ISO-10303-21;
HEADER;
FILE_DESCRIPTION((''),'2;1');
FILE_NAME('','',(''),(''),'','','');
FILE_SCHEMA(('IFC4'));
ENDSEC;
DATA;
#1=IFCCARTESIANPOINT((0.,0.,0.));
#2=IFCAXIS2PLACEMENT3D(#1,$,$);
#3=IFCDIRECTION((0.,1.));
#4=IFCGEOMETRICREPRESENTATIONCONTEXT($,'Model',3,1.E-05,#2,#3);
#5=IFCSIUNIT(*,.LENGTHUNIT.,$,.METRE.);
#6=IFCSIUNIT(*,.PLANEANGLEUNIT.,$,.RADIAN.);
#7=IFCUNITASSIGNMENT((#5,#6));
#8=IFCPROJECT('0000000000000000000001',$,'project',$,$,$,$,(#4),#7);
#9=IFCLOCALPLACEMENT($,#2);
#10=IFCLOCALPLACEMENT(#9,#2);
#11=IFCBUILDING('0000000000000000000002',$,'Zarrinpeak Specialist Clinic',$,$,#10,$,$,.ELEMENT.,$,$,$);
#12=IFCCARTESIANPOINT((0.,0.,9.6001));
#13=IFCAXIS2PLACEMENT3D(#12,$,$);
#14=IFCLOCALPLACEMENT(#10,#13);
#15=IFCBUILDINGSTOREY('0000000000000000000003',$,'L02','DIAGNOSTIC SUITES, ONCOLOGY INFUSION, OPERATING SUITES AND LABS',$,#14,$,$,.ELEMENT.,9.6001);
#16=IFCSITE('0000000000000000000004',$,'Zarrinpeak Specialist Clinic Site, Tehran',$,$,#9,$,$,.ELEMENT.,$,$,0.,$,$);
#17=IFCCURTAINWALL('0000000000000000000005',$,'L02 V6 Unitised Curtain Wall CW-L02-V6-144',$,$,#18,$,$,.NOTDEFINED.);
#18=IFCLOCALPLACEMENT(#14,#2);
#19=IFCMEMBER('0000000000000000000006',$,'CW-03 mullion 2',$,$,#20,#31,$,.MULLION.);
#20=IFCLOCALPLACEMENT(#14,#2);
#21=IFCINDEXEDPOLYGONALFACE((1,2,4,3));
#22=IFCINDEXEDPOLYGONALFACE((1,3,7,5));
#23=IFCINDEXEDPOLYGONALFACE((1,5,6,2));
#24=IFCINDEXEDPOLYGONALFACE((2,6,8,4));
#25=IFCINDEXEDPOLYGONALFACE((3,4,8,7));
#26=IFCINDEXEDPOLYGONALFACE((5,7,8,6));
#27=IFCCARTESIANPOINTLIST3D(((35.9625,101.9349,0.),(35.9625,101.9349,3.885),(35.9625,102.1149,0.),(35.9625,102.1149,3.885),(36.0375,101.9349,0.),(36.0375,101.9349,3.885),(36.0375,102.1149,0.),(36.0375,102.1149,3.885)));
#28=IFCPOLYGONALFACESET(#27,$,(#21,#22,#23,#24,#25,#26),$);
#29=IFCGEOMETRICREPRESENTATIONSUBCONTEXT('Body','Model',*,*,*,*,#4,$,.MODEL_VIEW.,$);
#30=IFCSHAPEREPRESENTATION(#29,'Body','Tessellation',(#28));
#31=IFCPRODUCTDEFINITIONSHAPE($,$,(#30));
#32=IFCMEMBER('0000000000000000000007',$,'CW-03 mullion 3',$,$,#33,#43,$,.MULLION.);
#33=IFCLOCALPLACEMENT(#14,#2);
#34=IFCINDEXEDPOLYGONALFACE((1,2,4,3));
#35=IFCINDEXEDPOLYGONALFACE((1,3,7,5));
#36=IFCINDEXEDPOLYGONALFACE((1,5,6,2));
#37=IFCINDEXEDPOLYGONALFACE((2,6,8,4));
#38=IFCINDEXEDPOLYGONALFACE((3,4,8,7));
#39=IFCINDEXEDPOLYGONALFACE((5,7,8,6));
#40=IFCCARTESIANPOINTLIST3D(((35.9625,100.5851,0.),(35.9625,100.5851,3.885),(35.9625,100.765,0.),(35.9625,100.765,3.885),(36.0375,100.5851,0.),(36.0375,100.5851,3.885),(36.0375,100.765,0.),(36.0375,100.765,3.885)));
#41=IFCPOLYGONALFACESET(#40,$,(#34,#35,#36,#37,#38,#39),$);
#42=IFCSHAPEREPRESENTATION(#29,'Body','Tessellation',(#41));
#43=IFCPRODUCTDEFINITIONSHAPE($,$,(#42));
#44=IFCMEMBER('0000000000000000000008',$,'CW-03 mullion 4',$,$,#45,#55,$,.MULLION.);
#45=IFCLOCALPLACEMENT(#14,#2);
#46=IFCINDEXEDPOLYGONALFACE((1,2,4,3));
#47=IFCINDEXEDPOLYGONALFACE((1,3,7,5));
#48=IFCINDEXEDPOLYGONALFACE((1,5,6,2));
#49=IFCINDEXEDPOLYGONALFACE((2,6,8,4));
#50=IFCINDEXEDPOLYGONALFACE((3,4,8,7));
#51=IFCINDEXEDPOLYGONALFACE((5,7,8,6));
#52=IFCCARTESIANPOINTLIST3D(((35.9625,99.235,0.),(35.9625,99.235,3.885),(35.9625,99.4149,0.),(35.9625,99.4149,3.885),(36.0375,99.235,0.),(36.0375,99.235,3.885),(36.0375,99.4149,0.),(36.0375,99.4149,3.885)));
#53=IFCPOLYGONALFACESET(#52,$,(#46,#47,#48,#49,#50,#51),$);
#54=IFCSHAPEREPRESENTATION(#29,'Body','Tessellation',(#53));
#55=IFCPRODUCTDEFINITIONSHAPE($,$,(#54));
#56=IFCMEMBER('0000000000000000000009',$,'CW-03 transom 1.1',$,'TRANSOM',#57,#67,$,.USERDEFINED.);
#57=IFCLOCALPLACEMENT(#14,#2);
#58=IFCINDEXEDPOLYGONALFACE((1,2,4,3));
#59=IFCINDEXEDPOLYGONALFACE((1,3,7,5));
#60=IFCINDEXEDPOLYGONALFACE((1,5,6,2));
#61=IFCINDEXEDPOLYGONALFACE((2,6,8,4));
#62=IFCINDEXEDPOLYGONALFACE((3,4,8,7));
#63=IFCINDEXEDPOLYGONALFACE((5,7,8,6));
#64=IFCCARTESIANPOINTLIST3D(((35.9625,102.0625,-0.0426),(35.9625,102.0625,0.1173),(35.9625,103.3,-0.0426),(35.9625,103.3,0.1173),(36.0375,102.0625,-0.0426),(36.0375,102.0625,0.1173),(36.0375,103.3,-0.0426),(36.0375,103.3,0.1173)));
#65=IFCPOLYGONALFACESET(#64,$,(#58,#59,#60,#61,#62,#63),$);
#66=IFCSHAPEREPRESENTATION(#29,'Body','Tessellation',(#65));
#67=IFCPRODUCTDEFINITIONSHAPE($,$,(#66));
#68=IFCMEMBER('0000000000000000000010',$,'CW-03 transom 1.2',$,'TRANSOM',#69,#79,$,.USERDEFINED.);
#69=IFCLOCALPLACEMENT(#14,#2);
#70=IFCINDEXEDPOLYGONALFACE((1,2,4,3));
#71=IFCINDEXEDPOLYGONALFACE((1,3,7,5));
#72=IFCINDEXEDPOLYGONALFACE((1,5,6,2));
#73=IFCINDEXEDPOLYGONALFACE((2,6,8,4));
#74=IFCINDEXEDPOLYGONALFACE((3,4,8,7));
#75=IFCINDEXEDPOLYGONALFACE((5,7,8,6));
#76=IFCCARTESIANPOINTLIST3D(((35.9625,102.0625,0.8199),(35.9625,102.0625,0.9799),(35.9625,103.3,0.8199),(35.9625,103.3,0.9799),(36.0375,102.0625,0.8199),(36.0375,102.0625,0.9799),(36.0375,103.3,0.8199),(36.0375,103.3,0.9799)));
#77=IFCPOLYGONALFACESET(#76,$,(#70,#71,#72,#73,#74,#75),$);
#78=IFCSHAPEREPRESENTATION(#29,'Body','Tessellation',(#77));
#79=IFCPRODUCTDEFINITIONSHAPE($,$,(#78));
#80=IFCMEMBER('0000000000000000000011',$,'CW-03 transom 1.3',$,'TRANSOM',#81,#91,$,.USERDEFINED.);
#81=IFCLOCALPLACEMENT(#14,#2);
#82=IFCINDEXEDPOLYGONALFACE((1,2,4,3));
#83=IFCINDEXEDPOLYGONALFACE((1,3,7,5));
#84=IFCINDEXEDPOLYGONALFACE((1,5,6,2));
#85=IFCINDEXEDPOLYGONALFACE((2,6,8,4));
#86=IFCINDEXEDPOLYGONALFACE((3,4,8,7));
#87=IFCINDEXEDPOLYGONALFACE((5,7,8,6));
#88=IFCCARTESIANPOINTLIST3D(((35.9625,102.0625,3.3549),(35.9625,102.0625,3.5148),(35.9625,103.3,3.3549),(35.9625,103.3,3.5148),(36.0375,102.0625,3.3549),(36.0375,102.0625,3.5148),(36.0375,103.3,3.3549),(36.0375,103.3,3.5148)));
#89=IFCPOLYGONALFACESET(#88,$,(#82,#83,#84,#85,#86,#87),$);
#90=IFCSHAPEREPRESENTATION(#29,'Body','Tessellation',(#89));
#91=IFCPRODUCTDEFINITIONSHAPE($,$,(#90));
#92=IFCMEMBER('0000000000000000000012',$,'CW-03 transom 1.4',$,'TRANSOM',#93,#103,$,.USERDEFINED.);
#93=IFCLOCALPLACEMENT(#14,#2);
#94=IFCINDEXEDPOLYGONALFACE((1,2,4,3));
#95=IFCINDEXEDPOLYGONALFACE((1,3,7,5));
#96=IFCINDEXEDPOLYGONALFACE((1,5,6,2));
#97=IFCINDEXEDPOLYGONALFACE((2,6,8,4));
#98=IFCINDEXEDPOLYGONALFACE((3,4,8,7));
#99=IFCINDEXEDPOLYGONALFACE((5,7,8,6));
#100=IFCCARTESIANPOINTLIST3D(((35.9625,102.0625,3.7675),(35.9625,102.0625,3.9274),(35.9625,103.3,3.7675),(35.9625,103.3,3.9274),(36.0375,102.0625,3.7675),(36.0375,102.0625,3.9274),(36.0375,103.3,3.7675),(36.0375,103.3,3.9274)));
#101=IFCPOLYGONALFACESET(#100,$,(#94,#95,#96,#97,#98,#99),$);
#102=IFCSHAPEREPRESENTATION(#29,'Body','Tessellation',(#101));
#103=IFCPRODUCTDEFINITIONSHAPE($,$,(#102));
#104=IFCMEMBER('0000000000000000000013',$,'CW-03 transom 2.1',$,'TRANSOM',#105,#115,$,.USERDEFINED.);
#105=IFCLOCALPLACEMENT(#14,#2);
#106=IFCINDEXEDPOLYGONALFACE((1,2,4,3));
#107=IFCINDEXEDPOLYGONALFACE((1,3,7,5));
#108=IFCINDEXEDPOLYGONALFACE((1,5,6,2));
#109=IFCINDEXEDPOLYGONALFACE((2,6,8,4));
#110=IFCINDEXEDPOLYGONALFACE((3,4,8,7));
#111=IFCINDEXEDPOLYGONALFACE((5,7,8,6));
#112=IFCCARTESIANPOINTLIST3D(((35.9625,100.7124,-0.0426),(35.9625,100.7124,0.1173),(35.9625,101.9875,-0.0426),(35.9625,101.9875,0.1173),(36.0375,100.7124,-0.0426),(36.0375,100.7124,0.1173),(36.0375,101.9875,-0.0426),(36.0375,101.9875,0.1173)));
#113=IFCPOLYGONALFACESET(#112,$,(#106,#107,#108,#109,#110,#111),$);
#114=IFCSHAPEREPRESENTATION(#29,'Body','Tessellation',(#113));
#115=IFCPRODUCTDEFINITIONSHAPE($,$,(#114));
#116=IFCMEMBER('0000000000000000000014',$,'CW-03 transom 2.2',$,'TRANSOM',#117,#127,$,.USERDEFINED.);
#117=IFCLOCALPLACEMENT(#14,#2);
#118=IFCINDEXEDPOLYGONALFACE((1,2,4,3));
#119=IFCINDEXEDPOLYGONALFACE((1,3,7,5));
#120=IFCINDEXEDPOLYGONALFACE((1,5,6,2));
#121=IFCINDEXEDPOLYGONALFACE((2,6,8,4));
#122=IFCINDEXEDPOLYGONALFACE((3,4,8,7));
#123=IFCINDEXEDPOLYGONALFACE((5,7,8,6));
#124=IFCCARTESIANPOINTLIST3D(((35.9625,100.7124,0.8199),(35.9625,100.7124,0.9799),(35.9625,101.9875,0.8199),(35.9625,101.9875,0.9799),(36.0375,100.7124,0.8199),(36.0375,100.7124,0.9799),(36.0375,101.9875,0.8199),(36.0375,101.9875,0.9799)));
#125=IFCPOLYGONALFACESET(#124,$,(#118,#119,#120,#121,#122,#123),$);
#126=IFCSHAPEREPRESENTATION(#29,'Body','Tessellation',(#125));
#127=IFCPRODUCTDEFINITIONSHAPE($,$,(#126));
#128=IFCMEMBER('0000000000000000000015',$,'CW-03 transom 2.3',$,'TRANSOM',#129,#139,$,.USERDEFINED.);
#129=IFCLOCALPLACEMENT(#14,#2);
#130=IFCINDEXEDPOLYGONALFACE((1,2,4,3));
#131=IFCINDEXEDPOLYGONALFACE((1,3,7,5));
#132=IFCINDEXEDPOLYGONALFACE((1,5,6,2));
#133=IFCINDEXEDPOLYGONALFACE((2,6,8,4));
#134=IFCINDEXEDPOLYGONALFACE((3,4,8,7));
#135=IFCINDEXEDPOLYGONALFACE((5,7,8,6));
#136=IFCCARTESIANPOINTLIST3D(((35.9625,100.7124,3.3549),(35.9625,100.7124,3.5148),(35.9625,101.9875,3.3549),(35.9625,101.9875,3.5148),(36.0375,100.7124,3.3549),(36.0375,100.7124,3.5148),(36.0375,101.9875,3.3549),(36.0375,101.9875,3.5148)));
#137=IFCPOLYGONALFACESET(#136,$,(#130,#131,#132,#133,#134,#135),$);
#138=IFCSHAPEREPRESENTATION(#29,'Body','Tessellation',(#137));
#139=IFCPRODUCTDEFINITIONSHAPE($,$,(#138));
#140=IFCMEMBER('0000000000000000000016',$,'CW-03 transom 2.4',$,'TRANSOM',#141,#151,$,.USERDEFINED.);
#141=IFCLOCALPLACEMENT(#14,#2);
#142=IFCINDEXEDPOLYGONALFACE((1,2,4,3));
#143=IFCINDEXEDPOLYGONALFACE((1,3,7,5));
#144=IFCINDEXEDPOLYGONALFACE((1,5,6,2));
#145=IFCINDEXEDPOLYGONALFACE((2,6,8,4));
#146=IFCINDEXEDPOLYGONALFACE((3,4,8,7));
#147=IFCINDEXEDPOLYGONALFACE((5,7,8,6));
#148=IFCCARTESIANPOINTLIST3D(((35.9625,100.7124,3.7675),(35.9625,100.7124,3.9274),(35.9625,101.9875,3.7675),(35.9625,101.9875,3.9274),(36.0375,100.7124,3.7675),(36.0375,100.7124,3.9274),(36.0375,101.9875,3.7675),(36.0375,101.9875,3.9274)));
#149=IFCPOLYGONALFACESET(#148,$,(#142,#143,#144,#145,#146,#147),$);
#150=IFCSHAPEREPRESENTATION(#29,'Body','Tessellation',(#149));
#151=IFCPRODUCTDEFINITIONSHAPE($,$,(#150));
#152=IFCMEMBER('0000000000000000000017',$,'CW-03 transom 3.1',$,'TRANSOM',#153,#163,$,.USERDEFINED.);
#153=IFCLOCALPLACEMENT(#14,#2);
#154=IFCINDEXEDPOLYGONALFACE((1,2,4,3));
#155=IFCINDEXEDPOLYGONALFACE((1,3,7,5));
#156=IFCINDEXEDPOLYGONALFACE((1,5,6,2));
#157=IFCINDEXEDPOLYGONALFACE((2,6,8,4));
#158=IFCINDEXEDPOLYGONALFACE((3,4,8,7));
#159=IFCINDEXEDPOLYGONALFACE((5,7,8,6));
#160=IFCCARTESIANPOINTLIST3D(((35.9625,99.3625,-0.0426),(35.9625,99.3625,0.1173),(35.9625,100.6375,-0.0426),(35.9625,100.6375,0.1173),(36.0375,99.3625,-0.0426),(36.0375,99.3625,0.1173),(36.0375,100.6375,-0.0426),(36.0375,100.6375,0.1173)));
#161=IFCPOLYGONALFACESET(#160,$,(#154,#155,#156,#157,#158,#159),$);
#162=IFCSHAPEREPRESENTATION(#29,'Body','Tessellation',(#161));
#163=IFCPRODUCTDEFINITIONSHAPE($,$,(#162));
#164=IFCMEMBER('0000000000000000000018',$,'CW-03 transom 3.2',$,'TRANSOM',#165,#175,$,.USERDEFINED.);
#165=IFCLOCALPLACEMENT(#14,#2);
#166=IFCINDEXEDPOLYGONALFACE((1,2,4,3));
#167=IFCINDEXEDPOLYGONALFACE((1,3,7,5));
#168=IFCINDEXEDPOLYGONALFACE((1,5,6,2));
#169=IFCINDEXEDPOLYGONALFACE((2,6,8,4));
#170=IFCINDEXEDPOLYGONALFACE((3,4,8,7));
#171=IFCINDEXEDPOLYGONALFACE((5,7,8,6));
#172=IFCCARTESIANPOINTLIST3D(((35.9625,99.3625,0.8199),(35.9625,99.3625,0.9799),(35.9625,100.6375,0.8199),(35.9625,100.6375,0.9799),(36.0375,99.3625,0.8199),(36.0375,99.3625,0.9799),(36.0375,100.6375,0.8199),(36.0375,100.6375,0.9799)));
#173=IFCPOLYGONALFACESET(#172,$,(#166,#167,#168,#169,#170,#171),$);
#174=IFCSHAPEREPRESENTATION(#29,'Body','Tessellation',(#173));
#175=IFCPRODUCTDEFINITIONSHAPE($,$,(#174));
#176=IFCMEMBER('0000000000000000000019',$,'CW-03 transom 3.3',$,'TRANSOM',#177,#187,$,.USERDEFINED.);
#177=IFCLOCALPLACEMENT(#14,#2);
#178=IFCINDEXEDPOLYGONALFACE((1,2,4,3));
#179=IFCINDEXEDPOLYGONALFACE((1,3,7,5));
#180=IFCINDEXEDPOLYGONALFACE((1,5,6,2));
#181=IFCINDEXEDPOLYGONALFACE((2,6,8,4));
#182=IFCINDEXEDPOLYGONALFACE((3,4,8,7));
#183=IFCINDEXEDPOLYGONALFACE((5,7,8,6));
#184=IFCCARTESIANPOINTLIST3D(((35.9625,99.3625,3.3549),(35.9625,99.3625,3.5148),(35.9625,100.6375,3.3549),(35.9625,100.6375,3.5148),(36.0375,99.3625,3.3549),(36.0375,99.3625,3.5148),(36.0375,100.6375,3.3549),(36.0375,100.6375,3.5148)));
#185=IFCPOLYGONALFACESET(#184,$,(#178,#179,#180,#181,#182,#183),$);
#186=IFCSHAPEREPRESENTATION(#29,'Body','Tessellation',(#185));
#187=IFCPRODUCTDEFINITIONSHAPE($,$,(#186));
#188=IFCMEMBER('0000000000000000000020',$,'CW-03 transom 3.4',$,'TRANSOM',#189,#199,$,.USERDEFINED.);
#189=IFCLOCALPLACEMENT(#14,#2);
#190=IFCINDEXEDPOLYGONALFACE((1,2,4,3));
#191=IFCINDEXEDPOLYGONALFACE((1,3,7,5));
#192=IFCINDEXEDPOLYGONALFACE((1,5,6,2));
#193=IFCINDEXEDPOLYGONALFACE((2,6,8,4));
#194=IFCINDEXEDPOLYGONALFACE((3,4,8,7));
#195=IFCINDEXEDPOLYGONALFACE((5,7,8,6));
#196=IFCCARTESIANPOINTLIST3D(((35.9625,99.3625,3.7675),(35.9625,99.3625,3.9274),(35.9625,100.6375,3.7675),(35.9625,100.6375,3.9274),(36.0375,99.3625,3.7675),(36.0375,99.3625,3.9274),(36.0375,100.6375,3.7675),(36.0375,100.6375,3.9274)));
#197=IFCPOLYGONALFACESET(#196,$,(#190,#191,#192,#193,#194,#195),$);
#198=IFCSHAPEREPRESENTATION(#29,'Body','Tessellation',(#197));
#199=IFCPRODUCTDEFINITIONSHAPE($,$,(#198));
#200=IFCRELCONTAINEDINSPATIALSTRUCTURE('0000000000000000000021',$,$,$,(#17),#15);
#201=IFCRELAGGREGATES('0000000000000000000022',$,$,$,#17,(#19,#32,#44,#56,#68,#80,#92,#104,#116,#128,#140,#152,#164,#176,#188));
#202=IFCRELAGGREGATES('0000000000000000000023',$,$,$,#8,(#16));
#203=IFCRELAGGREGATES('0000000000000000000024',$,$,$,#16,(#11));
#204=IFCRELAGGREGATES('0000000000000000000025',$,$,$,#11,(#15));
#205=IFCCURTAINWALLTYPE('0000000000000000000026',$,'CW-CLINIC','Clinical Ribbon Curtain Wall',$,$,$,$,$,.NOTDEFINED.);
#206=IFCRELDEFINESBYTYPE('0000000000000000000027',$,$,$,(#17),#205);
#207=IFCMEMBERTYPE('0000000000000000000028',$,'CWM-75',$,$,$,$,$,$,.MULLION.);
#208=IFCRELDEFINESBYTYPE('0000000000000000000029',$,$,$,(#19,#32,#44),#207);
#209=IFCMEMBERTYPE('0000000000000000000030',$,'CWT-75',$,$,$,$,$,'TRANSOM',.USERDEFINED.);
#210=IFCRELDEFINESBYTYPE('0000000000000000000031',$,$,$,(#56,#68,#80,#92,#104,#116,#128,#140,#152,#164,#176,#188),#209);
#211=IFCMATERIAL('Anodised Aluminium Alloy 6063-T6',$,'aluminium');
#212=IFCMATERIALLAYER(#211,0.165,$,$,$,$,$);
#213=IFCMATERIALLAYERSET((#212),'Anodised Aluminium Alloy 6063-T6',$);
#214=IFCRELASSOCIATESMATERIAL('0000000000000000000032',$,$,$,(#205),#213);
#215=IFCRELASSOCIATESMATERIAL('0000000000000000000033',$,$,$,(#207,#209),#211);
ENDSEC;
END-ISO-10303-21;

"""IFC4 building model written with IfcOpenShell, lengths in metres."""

from ifc_helpers import new_model, si_unit, direction, frame, origin, origin_2d, place, context, subcontext, project, spatial, rectangle, extrude, material, layer, layer_set, material_profile, profile_set, type_object, element, aggregate, save


model = new_model("IFC4")

# Units and contexts
model_context = context("Model", 3, precision=1e-05, world=origin(), true_north=direction((0.0, 1.0)))
body_context = subcontext(model_context, "Body", "Model", "MODEL_VIEW")
ifc_project = project(units=[si_unit("LENGTHUNIT", "METRE"), si_unit("PLANEANGLEUNIT", "RADIAN")], contexts=[model_context])

# Site, building, storey
site_placement = place(None, origin())
site = spatial("IfcSite", under=ifc_project, at=site_placement, Name="Zarrinpeak Specialist Clinic Site, Tehran", CompositionType="ELEMENT", RefElevation=0.0)
building_placement = place(site_placement, origin())
building = spatial("IfcBuilding", under=site, at=building_placement, Name="Zarrinpeak Specialist Clinic", CompositionType="ELEMENT")
storey_placement = place(building_placement, frame((0.0, 0.0, 9.6001)))
storey = spatial("IfcBuildingStorey", under=building, at=storey_placement, Name="L02", Description="DIAGNOSTIC SUITES, ONCOLOGY INFUSION, OPERATING SUITES AND LABS", CompositionType="ELEMENT", Elevation=9.6001)

# Curtain wall, members
ifc_material_1 = material(Name="Anodised Aluminium Alloy 6063-T6", Category="aluminium")
ifc_layer_1 = layer(ifc_material_1, 0.165)
ifc_layer_set_1 = layer_set([ifc_layer_1], Name="Anodised Aluminium Alloy 6063-T6")
curtain_wall_type = type_object("IfcCurtainWallType", Name="CW-CLINIC", Description="Clinical Ribbon Curtain Wall", PredefinedType="NOTDEFINED", material=ifc_layer_set_1)
curtain_wall_placement = place(storey_placement, origin())
curtain_wall = element("IfcCurtainWall", 1, at=curtain_wall_placement, inside=storey, type_object=curtain_wall_type, Name="L02 V6 Unitised Curtain Wall CW-L02-V6-144", PredefinedType="NOTDEFINED")
ifc_material_profile_1 = material_profile(ifc_material_1, rectangle(XDim=0.075, YDim=0.1799, at=origin_2d()), Name="ALU 75x180")
ifc_profile_set_1 = profile_set([ifc_material_profile_1], Name="Anodised Aluminium Alloy 6063-T6")
member_type_1 = type_object("IfcMemberType", Name="CWM-75", PredefinedType="MULLION", material=ifc_profile_set_1)
member_1_placement = place(storey_placement, frame((36.0, 102.0249, 0.0), z_axis=(0.0, 0.0, 1.0), x_axis=(1.0, 0.0, 0.0)))
member_1 = element("IfcMember", 2, at=member_1_placement, type_object=member_type_1, Name="CW-03 mullion 2", PredefinedType="MULLION", context=body_context, shape_type="SweptSolid", body=[
    extrude(rectangle(XDim=0.075, YDim=0.1799, at=origin_2d()), origin(), (0.0, 0.0, 1.0), 3.885),
])
member_2_placement = place(storey_placement, frame((36.0, 100.675, 0.0), z_axis=(0.0, 0.0, 1.0), x_axis=(1.0, 0.0, 0.0)))
member_2 = element("IfcMember", 3, at=member_2_placement, type_object=member_type_1, Name="CW-03 mullion 3", PredefinedType="MULLION", context=body_context, shape_type="SweptSolid", body=[
    extrude(rectangle(XDim=0.075, YDim=0.1799, at=origin_2d()), origin(), (0.0, 0.0, 1.0), 3.885),
])
member_3_placement = place(storey_placement, frame((36.0, 99.325, 0.0), z_axis=(0.0, 0.0, 1.0), x_axis=(1.0, 0.0, 0.0)))
member_3 = element("IfcMember", 4, at=member_3_placement, type_object=member_type_1, Name="CW-03 mullion 4", PredefinedType="MULLION", context=body_context, shape_type="SweptSolid", body=[
    extrude(rectangle(XDim=0.075, YDim=0.1799, at=origin_2d()), origin(), (0.0, 0.0, 1.0), 3.885),
])
ifc_material_profile_2 = material_profile(ifc_material_1, rectangle(XDim=0.075, YDim=0.1599, at=origin_2d()), Name="ALU 75x160")
ifc_profile_set_2 = profile_set([ifc_material_profile_2], Name="Anodised Aluminium Alloy 6063-T6")
member_type_2 = type_object("IfcMemberType", Name="CWT-75", ElementType="TRANSOM", PredefinedType="USERDEFINED", material=ifc_profile_set_2)
member_4_placement = place(storey_placement, frame((36.0, 103.3, 0.0374), z_axis=(0.0, -1.0, 0.0), x_axis=(1.0, 0.0, 0.0)))
member_4 = element("IfcMember", 5, at=member_4_placement, type_object=member_type_2, Name="CW-03 transom 1.1", ObjectType="TRANSOM", PredefinedType="USERDEFINED", context=body_context, shape_type="SweptSolid", body=[
    extrude(rectangle(XDim=0.075, YDim=0.1599, at=origin_2d()), origin(), (0.0, 0.0, 1.0), 1.2375),
])
member_5_placement = place(storey_placement, frame((36.0, 103.3, 0.8999), z_axis=(0.0, -1.0, 0.0), x_axis=(1.0, 0.0, 0.0)))
member_5 = element("IfcMember", 6, at=member_5_placement, type_object=member_type_2, Name="CW-03 transom 1.2", ObjectType="TRANSOM", PredefinedType="USERDEFINED", context=body_context, shape_type="SweptSolid", body=[
    extrude(rectangle(XDim=0.075, YDim=0.1599, at=origin_2d()), origin(), (0.0, 0.0, 1.0), 1.2375),
])
member_6_placement = place(storey_placement, frame((36.0, 103.3, 3.4348), z_axis=(0.0, -1.0, 0.0), x_axis=(1.0, 0.0, 0.0)))
member_6 = element("IfcMember", 7, at=member_6_placement, type_object=member_type_2, Name="CW-03 transom 1.3", ObjectType="TRANSOM", PredefinedType="USERDEFINED", context=body_context, shape_type="SweptSolid", body=[
    extrude(rectangle(XDim=0.075, YDim=0.1599, at=origin_2d()), origin(), (0.0, 0.0, 1.0), 1.2375),
])
member_7_placement = place(storey_placement, frame((36.0, 103.3, 3.8474), z_axis=(0.0, -1.0, 0.0), x_axis=(1.0, 0.0, 0.0)))
member_7 = element("IfcMember", 8, at=member_7_placement, type_object=member_type_2, Name="CW-03 transom 1.4", ObjectType="TRANSOM", PredefinedType="USERDEFINED", context=body_context, shape_type="SweptSolid", body=[
    extrude(rectangle(XDim=0.075, YDim=0.1599, at=origin_2d()), origin(), (0.0, 0.0, 1.0), 1.2375),
])
member_8_placement = place(storey_placement, frame((36.0, 101.9875, 0.0374), z_axis=(0.0, -1.0, 0.0), x_axis=(1.0, 0.0, 0.0)))
member_8 = element("IfcMember", 9, at=member_8_placement, type_object=member_type_2, Name="CW-03 transom 2.1", ObjectType="TRANSOM", PredefinedType="USERDEFINED", context=body_context, shape_type="SweptSolid", body=[
    extrude(rectangle(XDim=0.075, YDim=0.1599, at=origin_2d()), origin(), (0.0, 0.0, 1.0), 1.2751),
])
member_9_placement = place(storey_placement, frame((36.0, 101.9875, 0.8999), z_axis=(0.0, -1.0, 0.0), x_axis=(1.0, 0.0, 0.0)))
member_9 = element("IfcMember", 10, at=member_9_placement, type_object=member_type_2, Name="CW-03 transom 2.2", ObjectType="TRANSOM", PredefinedType="USERDEFINED", context=body_context, shape_type="SweptSolid", body=[
    extrude(rectangle(XDim=0.075, YDim=0.1599, at=origin_2d()), origin(), (0.0, 0.0, 1.0), 1.2751),
])
member_10_placement = place(storey_placement, frame((36.0, 101.9875, 3.4348), z_axis=(0.0, -1.0, 0.0), x_axis=(1.0, 0.0, 0.0)))
member_10 = element("IfcMember", 11, at=member_10_placement, type_object=member_type_2, Name="CW-03 transom 2.3", ObjectType="TRANSOM", PredefinedType="USERDEFINED", context=body_context, shape_type="SweptSolid", body=[
    extrude(rectangle(XDim=0.075, YDim=0.1599, at=origin_2d()), origin(), (0.0, 0.0, 1.0), 1.2751),
])
member_11_placement = place(storey_placement, frame((36.0, 101.9875, 3.8474), z_axis=(0.0, -1.0, 0.0), x_axis=(1.0, 0.0, 0.0)))
member_11 = element("IfcMember", 12, at=member_11_placement, type_object=member_type_2, Name="CW-03 transom 2.4", ObjectType="TRANSOM", PredefinedType="USERDEFINED", context=body_context, shape_type="SweptSolid", body=[
    extrude(rectangle(XDim=0.075, YDim=0.1599, at=origin_2d()), origin(), (0.0, 0.0, 1.0), 1.2751),
])
member_12_placement = place(storey_placement, frame((36.0, 100.6375, 0.0374), z_axis=(0.0, -1.0, 0.0), x_axis=(1.0, 0.0, 0.0)))
member_12 = element("IfcMember", 13, at=member_12_placement, type_object=member_type_2, Name="CW-03 transom 3.1", ObjectType="TRANSOM", PredefinedType="USERDEFINED", context=body_context, shape_type="SweptSolid", body=[
    extrude(rectangle(XDim=0.075, YDim=0.1599, at=origin_2d()), origin(), (0.0, 0.0, 1.0), 1.2749),
])
member_13_placement = place(storey_placement, frame((36.0, 100.6375, 0.8999), z_axis=(0.0, -1.0, 0.0), x_axis=(1.0, 0.0, 0.0)))
member_13 = element("IfcMember", 14, at=member_13_placement, type_object=member_type_2, Name="CW-03 transom 3.2", ObjectType="TRANSOM", PredefinedType="USERDEFINED", context=body_context, shape_type="SweptSolid", body=[
    extrude(rectangle(XDim=0.075, YDim=0.1599, at=origin_2d()), origin(), (0.0, 0.0, 1.0), 1.2749),
])
member_14_placement = place(storey_placement, frame((36.0, 100.6375, 3.4348), z_axis=(0.0, -1.0, 0.0), x_axis=(1.0, 0.0, 0.0)))
member_14 = element("IfcMember", 15, at=member_14_placement, type_object=member_type_2, Name="CW-03 transom 3.3", ObjectType="TRANSOM", PredefinedType="USERDEFINED", context=body_context, shape_type="SweptSolid", body=[
    extrude(rectangle(XDim=0.075, YDim=0.1599, at=origin_2d()), origin(), (0.0, 0.0, 1.0), 1.2749),
])
member_15_placement = place(storey_placement, frame((36.0, 100.6375, 3.8474), z_axis=(0.0, -1.0, 0.0), x_axis=(1.0, 0.0, 0.0)))
member_15 = element("IfcMember", 16, at=member_15_placement, type_object=member_type_2, Name="CW-03 transom 3.4", ObjectType="TRANSOM", PredefinedType="USERDEFINED", context=body_context, shape_type="SweptSolid", body=[
    extrude(rectangle(XDim=0.075, YDim=0.1599, at=origin_2d()), origin(), (0.0, 0.0, 1.0), 1.2749),
])
aggregate(curtain_wall, [member_1, member_2, member_3, member_4, member_5, member_6, member_7, member_8, member_9, member_10, member_11, member_12, member_13, member_14, member_15])

save(model, "model.ifc")
